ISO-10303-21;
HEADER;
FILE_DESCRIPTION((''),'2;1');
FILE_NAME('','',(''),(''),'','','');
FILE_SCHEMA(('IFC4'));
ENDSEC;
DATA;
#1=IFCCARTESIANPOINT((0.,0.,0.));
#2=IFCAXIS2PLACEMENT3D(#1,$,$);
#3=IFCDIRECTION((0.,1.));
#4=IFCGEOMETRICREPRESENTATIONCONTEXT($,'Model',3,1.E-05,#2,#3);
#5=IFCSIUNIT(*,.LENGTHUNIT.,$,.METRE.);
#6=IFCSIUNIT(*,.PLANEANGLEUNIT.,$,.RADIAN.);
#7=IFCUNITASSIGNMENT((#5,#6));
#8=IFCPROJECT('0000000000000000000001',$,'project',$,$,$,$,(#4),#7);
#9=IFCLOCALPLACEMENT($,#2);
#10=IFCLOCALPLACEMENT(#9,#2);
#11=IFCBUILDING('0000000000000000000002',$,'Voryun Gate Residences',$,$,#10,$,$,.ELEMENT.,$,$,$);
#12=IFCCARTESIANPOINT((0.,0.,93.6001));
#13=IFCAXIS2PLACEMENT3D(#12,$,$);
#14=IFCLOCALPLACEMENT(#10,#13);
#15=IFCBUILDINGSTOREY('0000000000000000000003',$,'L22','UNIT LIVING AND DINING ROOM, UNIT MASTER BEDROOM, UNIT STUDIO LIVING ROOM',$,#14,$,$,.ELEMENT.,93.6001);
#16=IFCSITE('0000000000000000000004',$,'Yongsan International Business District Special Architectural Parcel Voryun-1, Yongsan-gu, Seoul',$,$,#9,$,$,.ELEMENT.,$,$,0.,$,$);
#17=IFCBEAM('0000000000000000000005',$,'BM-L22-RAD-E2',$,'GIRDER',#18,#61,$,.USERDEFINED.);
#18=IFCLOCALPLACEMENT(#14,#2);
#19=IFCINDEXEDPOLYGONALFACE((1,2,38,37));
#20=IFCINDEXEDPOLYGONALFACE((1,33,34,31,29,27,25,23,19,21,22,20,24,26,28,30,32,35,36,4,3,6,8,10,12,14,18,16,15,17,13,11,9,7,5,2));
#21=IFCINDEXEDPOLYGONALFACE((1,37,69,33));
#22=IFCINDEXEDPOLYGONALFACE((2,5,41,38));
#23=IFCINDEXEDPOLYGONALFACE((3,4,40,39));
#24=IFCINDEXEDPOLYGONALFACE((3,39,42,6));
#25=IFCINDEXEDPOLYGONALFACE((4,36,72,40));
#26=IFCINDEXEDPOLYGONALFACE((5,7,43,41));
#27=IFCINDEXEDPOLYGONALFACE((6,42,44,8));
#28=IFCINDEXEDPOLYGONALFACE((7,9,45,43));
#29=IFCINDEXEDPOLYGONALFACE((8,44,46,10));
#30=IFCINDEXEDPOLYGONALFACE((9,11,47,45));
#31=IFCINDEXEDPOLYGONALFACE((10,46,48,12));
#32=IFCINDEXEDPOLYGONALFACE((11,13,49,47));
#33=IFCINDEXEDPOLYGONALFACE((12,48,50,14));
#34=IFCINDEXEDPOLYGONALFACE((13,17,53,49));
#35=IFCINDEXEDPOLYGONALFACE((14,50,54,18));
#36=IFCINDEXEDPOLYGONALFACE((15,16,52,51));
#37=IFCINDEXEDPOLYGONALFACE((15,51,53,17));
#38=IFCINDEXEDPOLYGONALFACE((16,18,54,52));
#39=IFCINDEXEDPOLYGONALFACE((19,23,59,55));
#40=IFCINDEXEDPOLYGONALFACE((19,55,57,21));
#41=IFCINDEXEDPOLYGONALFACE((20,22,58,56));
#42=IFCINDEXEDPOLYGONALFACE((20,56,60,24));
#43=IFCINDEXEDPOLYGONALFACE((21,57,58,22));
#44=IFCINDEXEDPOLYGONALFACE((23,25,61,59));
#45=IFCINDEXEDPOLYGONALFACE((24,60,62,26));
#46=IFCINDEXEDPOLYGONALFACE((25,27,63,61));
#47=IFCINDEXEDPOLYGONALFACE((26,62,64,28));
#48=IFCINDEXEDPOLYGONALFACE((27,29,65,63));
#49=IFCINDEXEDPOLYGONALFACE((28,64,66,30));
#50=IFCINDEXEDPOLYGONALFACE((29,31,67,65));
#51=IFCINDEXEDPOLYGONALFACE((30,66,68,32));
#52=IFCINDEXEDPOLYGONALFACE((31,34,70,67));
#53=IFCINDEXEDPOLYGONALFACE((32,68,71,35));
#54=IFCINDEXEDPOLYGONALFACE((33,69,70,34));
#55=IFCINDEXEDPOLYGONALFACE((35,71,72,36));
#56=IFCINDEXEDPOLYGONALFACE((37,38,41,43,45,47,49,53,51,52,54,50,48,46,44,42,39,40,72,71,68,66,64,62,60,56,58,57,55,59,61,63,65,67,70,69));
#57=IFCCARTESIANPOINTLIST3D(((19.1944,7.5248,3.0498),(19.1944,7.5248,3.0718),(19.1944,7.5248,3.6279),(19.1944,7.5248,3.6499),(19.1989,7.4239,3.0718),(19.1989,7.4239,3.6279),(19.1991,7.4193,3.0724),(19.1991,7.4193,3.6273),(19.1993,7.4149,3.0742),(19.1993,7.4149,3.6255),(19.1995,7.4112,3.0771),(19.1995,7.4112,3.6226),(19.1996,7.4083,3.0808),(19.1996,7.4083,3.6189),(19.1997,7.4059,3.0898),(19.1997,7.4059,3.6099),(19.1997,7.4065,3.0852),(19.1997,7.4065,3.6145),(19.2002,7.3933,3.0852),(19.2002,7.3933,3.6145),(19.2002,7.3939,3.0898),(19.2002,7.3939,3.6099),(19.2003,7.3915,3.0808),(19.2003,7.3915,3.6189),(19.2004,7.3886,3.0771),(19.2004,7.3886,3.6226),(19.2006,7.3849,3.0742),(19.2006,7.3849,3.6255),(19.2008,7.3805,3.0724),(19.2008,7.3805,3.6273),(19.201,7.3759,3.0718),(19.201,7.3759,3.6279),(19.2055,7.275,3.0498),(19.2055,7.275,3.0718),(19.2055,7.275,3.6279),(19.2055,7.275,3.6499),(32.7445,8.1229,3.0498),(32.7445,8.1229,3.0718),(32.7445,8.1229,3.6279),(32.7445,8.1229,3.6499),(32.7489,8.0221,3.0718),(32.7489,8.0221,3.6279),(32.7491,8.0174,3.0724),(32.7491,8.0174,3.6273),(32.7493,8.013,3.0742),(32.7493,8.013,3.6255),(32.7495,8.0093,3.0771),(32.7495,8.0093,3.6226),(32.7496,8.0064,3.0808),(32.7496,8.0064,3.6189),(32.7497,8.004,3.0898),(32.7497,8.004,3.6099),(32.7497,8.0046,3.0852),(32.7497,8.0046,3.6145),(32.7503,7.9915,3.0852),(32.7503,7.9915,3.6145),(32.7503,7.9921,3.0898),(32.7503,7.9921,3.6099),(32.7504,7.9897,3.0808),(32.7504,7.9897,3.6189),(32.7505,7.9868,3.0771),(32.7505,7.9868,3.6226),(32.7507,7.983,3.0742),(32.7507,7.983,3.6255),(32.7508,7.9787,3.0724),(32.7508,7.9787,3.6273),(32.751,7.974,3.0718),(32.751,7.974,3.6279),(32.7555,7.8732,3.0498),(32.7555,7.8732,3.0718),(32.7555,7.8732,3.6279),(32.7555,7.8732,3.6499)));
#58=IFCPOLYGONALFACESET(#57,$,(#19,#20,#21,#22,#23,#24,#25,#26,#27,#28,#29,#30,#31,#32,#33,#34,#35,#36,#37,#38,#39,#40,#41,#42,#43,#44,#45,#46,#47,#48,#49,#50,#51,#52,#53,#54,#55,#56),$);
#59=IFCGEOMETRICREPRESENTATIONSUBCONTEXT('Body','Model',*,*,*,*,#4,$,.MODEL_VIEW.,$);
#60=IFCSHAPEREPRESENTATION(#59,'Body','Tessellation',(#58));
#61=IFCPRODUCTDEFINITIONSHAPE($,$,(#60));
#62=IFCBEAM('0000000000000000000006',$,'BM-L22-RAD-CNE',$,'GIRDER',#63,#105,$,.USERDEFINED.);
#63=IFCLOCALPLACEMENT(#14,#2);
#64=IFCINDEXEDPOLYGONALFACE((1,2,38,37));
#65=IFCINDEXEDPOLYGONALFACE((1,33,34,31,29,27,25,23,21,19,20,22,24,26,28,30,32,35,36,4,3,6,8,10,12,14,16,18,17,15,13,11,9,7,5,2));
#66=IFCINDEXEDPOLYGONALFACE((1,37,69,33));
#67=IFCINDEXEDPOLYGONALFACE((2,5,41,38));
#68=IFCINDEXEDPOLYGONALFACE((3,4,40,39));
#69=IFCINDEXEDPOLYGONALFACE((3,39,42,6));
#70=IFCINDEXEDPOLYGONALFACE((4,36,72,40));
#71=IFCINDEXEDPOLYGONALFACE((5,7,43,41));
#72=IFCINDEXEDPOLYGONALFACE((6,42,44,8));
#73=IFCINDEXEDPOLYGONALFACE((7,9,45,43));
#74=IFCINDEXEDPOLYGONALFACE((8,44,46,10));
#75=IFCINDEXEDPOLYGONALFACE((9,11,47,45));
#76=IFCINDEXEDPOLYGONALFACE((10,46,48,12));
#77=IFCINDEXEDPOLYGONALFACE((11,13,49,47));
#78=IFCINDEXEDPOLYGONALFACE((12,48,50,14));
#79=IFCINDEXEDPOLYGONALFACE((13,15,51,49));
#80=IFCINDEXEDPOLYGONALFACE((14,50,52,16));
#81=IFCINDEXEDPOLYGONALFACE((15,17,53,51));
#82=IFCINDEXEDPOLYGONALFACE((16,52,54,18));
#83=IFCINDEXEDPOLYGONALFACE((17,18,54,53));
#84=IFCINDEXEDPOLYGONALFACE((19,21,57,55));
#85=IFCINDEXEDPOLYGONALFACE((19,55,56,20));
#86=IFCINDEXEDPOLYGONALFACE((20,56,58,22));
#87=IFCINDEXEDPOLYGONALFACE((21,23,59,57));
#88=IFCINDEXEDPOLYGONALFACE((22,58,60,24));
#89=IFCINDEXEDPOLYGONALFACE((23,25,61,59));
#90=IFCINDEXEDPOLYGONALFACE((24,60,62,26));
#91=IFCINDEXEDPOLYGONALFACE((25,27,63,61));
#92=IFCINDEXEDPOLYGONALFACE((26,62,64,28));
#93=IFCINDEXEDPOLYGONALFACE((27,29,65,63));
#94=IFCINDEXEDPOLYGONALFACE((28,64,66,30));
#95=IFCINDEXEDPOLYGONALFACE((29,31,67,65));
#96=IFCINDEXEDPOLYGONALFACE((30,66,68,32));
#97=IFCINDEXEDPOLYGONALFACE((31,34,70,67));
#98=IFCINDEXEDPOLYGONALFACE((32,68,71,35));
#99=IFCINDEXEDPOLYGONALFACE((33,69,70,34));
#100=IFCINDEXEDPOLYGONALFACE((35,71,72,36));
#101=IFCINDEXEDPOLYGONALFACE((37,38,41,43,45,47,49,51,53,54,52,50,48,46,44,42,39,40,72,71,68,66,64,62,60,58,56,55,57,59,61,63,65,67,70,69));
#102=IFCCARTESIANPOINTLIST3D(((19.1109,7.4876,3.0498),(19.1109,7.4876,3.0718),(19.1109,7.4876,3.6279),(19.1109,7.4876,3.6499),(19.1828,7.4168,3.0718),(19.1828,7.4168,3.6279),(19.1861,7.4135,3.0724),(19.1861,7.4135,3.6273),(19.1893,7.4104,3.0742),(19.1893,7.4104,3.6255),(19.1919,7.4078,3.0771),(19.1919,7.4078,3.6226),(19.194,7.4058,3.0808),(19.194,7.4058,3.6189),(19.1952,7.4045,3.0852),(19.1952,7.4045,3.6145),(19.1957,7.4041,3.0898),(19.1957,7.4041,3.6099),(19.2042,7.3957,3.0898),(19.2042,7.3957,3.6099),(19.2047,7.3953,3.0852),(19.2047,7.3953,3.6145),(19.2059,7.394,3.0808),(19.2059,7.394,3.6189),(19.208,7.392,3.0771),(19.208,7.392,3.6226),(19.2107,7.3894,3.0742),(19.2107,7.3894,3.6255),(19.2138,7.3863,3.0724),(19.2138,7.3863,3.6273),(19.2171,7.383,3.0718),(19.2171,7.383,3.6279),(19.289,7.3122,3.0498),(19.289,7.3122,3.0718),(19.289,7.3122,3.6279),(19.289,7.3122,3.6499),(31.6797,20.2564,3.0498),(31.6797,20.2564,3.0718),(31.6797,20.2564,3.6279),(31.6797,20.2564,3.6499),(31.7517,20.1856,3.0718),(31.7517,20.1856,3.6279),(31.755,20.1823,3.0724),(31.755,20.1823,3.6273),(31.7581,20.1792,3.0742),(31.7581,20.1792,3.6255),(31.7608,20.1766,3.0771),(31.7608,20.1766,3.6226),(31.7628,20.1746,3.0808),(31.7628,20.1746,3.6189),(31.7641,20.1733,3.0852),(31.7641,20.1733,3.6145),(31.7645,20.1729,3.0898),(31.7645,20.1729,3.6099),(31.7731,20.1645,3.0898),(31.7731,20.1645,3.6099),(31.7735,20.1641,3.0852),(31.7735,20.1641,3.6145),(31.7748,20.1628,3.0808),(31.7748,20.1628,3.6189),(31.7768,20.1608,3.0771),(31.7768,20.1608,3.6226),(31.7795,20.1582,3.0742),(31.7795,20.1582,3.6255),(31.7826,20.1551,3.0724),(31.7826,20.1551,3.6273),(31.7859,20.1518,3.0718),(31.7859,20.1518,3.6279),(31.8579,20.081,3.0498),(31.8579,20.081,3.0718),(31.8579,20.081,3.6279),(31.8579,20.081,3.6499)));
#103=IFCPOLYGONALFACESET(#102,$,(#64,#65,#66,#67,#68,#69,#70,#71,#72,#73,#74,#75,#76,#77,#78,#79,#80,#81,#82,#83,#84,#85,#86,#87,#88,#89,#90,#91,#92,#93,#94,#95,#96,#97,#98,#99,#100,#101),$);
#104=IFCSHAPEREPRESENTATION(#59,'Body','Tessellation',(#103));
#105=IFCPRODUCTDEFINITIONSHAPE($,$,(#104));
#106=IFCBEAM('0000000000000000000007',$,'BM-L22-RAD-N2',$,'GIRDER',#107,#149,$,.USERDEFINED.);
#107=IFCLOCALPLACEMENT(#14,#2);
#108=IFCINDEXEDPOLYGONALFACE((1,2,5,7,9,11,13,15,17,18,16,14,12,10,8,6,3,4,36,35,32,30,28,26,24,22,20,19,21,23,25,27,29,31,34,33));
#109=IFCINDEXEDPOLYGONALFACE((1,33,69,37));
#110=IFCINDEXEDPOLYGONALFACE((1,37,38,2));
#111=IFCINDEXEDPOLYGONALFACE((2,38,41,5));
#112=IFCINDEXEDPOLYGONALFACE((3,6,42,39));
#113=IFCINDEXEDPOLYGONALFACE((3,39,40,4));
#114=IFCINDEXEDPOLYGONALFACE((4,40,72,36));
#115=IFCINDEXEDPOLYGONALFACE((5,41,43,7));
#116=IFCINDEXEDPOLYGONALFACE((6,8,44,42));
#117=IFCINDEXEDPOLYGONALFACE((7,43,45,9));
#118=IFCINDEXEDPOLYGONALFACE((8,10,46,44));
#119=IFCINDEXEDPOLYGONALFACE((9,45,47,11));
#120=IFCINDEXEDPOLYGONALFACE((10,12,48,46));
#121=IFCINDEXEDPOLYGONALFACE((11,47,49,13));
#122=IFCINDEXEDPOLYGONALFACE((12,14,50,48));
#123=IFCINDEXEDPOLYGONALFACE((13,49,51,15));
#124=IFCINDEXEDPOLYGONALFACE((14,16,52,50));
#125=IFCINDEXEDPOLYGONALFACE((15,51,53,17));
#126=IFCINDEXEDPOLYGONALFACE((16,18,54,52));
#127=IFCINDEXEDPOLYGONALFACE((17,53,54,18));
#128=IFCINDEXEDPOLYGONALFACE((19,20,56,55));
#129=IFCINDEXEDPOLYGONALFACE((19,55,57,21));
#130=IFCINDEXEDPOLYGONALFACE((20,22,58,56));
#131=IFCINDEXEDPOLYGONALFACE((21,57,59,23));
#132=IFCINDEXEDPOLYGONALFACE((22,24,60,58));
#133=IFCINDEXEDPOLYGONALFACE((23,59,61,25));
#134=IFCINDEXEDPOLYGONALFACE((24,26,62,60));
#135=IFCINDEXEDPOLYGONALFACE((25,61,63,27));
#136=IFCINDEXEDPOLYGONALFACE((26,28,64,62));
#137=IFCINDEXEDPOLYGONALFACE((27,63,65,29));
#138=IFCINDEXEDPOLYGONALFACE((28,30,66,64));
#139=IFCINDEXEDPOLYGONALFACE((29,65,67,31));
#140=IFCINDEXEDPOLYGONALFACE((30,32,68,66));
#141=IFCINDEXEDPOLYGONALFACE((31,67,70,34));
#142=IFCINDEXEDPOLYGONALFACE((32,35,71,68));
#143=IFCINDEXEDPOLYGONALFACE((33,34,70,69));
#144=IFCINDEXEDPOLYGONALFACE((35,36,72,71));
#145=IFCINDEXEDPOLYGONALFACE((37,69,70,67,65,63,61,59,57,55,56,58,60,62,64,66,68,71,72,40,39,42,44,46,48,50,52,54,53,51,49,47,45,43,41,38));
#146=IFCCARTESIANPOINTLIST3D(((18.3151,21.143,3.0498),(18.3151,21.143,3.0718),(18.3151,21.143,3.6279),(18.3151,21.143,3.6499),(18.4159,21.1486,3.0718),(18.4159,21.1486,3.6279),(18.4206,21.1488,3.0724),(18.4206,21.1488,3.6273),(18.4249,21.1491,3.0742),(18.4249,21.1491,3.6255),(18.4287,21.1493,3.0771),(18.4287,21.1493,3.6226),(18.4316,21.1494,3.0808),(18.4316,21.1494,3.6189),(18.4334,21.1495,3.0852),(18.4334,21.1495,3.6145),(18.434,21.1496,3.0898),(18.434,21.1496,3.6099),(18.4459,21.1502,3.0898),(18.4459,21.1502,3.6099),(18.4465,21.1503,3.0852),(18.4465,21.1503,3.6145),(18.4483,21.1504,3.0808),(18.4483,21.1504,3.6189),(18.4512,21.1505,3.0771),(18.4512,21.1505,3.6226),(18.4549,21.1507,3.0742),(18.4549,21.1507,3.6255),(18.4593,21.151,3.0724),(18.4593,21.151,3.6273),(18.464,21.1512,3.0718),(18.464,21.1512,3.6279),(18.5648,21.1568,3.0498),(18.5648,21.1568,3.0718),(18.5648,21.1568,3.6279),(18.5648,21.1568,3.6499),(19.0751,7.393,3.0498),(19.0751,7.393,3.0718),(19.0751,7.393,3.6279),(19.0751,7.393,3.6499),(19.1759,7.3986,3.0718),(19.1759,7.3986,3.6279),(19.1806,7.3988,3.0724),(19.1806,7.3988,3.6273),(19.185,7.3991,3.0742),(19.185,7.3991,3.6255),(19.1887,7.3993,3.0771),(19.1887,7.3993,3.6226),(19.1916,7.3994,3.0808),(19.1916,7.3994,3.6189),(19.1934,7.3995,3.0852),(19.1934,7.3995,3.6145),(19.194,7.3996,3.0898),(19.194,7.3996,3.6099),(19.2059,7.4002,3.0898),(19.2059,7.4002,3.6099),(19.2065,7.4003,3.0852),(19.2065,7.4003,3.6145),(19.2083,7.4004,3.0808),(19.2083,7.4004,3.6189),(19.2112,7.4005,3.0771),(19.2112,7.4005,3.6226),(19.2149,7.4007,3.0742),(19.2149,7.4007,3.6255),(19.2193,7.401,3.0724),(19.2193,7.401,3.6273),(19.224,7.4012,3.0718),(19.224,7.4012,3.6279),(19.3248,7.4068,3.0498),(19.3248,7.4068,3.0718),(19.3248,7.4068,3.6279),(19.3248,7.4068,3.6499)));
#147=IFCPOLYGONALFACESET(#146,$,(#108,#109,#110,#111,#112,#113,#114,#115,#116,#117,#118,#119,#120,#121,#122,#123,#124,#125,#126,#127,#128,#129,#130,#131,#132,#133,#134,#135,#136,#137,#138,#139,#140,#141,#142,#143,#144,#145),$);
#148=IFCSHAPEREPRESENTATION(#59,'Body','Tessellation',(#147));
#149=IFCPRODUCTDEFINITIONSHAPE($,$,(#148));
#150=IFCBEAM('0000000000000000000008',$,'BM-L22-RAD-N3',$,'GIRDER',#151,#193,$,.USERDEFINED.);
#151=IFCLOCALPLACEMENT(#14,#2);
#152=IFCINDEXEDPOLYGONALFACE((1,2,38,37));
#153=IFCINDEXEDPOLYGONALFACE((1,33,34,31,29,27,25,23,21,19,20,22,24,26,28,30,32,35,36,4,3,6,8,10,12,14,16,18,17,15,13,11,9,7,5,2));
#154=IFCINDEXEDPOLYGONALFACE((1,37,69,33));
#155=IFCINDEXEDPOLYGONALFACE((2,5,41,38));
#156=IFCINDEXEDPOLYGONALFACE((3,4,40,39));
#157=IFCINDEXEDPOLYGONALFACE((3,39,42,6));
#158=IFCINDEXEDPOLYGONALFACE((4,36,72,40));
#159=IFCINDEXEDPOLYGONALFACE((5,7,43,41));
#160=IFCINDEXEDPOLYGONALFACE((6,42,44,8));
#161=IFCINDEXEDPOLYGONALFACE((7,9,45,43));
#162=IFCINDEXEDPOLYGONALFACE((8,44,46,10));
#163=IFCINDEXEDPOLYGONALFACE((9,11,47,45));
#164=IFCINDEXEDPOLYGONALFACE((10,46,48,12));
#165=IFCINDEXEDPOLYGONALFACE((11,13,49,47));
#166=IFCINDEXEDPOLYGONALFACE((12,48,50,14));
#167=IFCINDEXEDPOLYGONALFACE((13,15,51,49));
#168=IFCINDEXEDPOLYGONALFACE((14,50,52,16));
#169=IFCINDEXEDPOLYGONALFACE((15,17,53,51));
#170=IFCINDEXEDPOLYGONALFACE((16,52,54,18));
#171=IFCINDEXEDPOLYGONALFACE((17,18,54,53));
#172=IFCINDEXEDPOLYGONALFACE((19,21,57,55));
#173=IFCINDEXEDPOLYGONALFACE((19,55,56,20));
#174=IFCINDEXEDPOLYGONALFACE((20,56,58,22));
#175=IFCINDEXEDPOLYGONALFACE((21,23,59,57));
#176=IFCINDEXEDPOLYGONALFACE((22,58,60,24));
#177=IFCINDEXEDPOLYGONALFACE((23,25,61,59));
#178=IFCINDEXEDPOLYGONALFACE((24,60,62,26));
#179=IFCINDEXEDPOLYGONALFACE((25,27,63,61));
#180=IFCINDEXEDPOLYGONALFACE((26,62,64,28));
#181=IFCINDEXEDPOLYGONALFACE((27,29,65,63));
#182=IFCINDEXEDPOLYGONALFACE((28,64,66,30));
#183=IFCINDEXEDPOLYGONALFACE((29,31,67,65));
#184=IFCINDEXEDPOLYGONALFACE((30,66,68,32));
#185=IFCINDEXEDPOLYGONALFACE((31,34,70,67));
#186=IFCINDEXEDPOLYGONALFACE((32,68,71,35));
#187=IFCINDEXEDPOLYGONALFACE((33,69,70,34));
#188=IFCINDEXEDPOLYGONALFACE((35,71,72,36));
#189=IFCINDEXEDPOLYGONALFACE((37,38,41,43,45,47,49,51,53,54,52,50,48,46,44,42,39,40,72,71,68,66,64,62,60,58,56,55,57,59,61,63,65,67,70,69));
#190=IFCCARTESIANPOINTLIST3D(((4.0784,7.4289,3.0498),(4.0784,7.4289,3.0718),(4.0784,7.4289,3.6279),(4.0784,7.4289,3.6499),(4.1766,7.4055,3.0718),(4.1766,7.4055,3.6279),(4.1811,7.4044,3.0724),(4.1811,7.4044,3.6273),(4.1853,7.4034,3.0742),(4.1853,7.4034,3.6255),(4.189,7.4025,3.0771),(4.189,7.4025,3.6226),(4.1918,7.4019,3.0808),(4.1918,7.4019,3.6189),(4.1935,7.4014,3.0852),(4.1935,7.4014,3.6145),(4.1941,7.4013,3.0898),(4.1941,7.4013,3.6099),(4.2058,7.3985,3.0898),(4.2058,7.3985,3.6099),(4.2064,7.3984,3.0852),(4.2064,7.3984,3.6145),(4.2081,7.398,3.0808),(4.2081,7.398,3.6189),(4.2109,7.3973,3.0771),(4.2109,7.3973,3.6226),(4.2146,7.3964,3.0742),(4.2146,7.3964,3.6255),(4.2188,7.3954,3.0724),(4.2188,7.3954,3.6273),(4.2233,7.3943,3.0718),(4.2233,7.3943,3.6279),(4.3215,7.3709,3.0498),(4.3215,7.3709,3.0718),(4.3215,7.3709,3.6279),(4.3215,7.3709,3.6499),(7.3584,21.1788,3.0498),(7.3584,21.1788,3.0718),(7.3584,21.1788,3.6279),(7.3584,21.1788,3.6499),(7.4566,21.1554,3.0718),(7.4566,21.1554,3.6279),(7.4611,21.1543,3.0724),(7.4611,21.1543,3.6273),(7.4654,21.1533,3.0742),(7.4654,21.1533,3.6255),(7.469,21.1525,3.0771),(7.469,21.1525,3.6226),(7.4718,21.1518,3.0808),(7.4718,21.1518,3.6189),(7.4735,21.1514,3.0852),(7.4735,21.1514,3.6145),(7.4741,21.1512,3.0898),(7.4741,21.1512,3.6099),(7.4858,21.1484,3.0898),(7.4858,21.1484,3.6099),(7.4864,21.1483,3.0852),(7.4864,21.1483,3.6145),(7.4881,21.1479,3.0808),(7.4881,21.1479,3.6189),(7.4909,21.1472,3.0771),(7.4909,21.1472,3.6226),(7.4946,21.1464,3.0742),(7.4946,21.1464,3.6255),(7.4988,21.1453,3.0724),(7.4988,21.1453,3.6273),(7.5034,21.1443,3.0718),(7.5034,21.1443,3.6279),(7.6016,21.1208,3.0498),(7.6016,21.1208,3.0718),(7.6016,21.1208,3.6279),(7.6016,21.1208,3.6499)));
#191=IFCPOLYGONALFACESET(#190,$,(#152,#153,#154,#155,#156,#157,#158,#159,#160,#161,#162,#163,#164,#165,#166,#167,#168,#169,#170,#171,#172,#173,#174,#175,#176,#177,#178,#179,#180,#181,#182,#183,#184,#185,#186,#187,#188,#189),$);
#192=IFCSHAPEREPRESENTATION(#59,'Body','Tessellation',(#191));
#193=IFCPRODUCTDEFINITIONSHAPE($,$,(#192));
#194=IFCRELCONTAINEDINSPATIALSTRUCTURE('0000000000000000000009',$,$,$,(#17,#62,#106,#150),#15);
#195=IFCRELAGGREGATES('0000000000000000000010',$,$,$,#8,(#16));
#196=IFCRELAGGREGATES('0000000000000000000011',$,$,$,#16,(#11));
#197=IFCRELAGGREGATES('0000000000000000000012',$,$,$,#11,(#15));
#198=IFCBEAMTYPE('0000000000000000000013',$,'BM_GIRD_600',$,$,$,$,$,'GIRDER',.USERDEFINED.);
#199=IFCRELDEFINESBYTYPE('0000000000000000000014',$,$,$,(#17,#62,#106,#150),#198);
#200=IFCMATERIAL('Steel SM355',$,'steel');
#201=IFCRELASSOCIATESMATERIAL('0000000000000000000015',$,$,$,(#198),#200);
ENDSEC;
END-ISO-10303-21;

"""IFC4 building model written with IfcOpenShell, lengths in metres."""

from ifc_helpers import new_model, si_unit, direction, frame, origin, origin_2d, place, context, subcontext, project, spatial, i_section, extrude, material, material_profile, profile_set, type_object, element, save


model = new_model("IFC4")

# Units and contexts
model_context = context("Model", 3, precision=1e-05, world=origin(), true_north=direction((0.0, 1.0)))
body_context = subcontext(model_context, "Body", "Model", "MODEL_VIEW")
ifc_project = project(units=[si_unit("LENGTHUNIT", "METRE"), si_unit("PLANEANGLEUNIT", "RADIAN")], contexts=[model_context])

# Site, building, storey
site_placement = place(None, origin())
site = spatial("IfcSite", under=ifc_project, at=site_placement, Name="Yongsan International Business District Special Architectural Parcel Voryun-1, Yongsan-gu, Seoul", CompositionType="ELEMENT", RefElevation=0.0)
building_placement = place(site_placement, origin())
building = spatial("IfcBuilding", under=site, at=building_placement, Name="Voryun Gate Residences", CompositionType="ELEMENT")
storey_placement = place(building_placement, frame((0.0, 0.0, 93.6001)))
storey = spatial("IfcBuildingStorey", under=building, at=storey_placement, Name="L22", Description="UNIT LIVING AND DINING ROOM, UNIT MASTER BEDROOM, UNIT STUDIO LIVING ROOM", CompositionType="ELEMENT", Elevation=93.6001)

# Beams
ifc_material_1 = material(Name="Steel SM355", Category="steel")
ifc_material_profile_1 = material_profile(ifc_material_1, i_section(OverallWidth=0.25, OverallDepth=0.6001, WebThickness=0.012, FlangeThickness=0.022, FilletRadius=0.0181, at=origin_2d()), Name="H-600x250x12x22")
ifc_profile_set_1 = profile_set([ifc_material_profile_1], Name="Steel SM355")
beam_type_1 = type_object("IfcBeamType", Name="BM_GIRD_600", ElementType="GIRDER", PredefinedType="USERDEFINED", material=ifc_profile_set_1)
beam_1_placement = place(storey_placement, frame((19.2, 7.3999, 3.3499), z_axis=(0.999027, 0.0441, 0.0), x_axis=(-0.0441, 0.999027, 0.0)))
element("IfcBeam", 1, at=beam_1_placement, inside=storey, type_object=beam_type_1, Name="BM-L22-RAD-E2", ObjectType="GIRDER", PredefinedType="USERDEFINED", context=body_context, shape_type="SweptSolid", body=[
    extrude(i_section(OverallWidth=0.25, OverallDepth=0.6001, WebThickness=0.012, FlangeThickness=0.022, FilletRadius=0.0181, at=origin_2d()), origin(), (0.0, 0.0, 1.0), 13.5632),
])
beam_2_placement = place(storey_placement, frame((19.2, 7.3999, 3.3499), z_axis=(0.701505, 0.712665, 0.0), x_axis=(-0.712665, 0.701505, 0.0)))
element("IfcBeam", 2, at=beam_2_placement, inside=storey, type_object=beam_type_1, Name="BM-L22-RAD-CNE", ObjectType="GIRDER", PredefinedType="USERDEFINED", context=body_context, shape_type="SweptSolid", body=[
    extrude(i_section(OverallWidth=0.25, OverallDepth=0.6001, WebThickness=0.012, FlangeThickness=0.022, FilletRadius=0.0181, at=origin_2d()), origin(), (0.0, 0.0, 1.0), 17.917),
])
beam_3_placement = place(storey_placement, frame((19.2, 7.3999, 3.3499), z_axis=(-0.055189, 0.998476, 0.0), x_axis=(-0.998476, -0.055189, 0.0)))
element("IfcBeam", 3, at=beam_3_placement, inside=storey, type_object=beam_type_1, Name="BM-L22-RAD-N2", ObjectType="GIRDER", PredefinedType="USERDEFINED", context=body_context, shape_type="SweptSolid", body=[
    extrude(i_section(OverallWidth=0.25, OverallDepth=0.6001, WebThickness=0.012, FlangeThickness=0.022, FilletRadius=0.0181, at=origin_2d()), origin(), (0.0, 0.0, 1.0), 13.771),
])
beam_4_placement = place(storey_placement, frame((4.2, 7.3999, 3.3499), z_axis=(0.232037, 0.972707, 0.0), x_axis=(-0.972707, 0.232037, 0.0)))
element("IfcBeam", 4, at=beam_4_placement, inside=storey, type_object=beam_type_1, Name="BM-L22-RAD-N3", ObjectType="GIRDER", PredefinedType="USERDEFINED", context=body_context, shape_type="SweptSolid", body=[
    extrude(i_section(OverallWidth=0.25, OverallDepth=0.6001, WebThickness=0.012, FlangeThickness=0.022, FilletRadius=0.0181, at=origin_2d()), origin(), (0.0, 0.0, 1.0), 14.1357),
])

save(model, "model.ifc")
